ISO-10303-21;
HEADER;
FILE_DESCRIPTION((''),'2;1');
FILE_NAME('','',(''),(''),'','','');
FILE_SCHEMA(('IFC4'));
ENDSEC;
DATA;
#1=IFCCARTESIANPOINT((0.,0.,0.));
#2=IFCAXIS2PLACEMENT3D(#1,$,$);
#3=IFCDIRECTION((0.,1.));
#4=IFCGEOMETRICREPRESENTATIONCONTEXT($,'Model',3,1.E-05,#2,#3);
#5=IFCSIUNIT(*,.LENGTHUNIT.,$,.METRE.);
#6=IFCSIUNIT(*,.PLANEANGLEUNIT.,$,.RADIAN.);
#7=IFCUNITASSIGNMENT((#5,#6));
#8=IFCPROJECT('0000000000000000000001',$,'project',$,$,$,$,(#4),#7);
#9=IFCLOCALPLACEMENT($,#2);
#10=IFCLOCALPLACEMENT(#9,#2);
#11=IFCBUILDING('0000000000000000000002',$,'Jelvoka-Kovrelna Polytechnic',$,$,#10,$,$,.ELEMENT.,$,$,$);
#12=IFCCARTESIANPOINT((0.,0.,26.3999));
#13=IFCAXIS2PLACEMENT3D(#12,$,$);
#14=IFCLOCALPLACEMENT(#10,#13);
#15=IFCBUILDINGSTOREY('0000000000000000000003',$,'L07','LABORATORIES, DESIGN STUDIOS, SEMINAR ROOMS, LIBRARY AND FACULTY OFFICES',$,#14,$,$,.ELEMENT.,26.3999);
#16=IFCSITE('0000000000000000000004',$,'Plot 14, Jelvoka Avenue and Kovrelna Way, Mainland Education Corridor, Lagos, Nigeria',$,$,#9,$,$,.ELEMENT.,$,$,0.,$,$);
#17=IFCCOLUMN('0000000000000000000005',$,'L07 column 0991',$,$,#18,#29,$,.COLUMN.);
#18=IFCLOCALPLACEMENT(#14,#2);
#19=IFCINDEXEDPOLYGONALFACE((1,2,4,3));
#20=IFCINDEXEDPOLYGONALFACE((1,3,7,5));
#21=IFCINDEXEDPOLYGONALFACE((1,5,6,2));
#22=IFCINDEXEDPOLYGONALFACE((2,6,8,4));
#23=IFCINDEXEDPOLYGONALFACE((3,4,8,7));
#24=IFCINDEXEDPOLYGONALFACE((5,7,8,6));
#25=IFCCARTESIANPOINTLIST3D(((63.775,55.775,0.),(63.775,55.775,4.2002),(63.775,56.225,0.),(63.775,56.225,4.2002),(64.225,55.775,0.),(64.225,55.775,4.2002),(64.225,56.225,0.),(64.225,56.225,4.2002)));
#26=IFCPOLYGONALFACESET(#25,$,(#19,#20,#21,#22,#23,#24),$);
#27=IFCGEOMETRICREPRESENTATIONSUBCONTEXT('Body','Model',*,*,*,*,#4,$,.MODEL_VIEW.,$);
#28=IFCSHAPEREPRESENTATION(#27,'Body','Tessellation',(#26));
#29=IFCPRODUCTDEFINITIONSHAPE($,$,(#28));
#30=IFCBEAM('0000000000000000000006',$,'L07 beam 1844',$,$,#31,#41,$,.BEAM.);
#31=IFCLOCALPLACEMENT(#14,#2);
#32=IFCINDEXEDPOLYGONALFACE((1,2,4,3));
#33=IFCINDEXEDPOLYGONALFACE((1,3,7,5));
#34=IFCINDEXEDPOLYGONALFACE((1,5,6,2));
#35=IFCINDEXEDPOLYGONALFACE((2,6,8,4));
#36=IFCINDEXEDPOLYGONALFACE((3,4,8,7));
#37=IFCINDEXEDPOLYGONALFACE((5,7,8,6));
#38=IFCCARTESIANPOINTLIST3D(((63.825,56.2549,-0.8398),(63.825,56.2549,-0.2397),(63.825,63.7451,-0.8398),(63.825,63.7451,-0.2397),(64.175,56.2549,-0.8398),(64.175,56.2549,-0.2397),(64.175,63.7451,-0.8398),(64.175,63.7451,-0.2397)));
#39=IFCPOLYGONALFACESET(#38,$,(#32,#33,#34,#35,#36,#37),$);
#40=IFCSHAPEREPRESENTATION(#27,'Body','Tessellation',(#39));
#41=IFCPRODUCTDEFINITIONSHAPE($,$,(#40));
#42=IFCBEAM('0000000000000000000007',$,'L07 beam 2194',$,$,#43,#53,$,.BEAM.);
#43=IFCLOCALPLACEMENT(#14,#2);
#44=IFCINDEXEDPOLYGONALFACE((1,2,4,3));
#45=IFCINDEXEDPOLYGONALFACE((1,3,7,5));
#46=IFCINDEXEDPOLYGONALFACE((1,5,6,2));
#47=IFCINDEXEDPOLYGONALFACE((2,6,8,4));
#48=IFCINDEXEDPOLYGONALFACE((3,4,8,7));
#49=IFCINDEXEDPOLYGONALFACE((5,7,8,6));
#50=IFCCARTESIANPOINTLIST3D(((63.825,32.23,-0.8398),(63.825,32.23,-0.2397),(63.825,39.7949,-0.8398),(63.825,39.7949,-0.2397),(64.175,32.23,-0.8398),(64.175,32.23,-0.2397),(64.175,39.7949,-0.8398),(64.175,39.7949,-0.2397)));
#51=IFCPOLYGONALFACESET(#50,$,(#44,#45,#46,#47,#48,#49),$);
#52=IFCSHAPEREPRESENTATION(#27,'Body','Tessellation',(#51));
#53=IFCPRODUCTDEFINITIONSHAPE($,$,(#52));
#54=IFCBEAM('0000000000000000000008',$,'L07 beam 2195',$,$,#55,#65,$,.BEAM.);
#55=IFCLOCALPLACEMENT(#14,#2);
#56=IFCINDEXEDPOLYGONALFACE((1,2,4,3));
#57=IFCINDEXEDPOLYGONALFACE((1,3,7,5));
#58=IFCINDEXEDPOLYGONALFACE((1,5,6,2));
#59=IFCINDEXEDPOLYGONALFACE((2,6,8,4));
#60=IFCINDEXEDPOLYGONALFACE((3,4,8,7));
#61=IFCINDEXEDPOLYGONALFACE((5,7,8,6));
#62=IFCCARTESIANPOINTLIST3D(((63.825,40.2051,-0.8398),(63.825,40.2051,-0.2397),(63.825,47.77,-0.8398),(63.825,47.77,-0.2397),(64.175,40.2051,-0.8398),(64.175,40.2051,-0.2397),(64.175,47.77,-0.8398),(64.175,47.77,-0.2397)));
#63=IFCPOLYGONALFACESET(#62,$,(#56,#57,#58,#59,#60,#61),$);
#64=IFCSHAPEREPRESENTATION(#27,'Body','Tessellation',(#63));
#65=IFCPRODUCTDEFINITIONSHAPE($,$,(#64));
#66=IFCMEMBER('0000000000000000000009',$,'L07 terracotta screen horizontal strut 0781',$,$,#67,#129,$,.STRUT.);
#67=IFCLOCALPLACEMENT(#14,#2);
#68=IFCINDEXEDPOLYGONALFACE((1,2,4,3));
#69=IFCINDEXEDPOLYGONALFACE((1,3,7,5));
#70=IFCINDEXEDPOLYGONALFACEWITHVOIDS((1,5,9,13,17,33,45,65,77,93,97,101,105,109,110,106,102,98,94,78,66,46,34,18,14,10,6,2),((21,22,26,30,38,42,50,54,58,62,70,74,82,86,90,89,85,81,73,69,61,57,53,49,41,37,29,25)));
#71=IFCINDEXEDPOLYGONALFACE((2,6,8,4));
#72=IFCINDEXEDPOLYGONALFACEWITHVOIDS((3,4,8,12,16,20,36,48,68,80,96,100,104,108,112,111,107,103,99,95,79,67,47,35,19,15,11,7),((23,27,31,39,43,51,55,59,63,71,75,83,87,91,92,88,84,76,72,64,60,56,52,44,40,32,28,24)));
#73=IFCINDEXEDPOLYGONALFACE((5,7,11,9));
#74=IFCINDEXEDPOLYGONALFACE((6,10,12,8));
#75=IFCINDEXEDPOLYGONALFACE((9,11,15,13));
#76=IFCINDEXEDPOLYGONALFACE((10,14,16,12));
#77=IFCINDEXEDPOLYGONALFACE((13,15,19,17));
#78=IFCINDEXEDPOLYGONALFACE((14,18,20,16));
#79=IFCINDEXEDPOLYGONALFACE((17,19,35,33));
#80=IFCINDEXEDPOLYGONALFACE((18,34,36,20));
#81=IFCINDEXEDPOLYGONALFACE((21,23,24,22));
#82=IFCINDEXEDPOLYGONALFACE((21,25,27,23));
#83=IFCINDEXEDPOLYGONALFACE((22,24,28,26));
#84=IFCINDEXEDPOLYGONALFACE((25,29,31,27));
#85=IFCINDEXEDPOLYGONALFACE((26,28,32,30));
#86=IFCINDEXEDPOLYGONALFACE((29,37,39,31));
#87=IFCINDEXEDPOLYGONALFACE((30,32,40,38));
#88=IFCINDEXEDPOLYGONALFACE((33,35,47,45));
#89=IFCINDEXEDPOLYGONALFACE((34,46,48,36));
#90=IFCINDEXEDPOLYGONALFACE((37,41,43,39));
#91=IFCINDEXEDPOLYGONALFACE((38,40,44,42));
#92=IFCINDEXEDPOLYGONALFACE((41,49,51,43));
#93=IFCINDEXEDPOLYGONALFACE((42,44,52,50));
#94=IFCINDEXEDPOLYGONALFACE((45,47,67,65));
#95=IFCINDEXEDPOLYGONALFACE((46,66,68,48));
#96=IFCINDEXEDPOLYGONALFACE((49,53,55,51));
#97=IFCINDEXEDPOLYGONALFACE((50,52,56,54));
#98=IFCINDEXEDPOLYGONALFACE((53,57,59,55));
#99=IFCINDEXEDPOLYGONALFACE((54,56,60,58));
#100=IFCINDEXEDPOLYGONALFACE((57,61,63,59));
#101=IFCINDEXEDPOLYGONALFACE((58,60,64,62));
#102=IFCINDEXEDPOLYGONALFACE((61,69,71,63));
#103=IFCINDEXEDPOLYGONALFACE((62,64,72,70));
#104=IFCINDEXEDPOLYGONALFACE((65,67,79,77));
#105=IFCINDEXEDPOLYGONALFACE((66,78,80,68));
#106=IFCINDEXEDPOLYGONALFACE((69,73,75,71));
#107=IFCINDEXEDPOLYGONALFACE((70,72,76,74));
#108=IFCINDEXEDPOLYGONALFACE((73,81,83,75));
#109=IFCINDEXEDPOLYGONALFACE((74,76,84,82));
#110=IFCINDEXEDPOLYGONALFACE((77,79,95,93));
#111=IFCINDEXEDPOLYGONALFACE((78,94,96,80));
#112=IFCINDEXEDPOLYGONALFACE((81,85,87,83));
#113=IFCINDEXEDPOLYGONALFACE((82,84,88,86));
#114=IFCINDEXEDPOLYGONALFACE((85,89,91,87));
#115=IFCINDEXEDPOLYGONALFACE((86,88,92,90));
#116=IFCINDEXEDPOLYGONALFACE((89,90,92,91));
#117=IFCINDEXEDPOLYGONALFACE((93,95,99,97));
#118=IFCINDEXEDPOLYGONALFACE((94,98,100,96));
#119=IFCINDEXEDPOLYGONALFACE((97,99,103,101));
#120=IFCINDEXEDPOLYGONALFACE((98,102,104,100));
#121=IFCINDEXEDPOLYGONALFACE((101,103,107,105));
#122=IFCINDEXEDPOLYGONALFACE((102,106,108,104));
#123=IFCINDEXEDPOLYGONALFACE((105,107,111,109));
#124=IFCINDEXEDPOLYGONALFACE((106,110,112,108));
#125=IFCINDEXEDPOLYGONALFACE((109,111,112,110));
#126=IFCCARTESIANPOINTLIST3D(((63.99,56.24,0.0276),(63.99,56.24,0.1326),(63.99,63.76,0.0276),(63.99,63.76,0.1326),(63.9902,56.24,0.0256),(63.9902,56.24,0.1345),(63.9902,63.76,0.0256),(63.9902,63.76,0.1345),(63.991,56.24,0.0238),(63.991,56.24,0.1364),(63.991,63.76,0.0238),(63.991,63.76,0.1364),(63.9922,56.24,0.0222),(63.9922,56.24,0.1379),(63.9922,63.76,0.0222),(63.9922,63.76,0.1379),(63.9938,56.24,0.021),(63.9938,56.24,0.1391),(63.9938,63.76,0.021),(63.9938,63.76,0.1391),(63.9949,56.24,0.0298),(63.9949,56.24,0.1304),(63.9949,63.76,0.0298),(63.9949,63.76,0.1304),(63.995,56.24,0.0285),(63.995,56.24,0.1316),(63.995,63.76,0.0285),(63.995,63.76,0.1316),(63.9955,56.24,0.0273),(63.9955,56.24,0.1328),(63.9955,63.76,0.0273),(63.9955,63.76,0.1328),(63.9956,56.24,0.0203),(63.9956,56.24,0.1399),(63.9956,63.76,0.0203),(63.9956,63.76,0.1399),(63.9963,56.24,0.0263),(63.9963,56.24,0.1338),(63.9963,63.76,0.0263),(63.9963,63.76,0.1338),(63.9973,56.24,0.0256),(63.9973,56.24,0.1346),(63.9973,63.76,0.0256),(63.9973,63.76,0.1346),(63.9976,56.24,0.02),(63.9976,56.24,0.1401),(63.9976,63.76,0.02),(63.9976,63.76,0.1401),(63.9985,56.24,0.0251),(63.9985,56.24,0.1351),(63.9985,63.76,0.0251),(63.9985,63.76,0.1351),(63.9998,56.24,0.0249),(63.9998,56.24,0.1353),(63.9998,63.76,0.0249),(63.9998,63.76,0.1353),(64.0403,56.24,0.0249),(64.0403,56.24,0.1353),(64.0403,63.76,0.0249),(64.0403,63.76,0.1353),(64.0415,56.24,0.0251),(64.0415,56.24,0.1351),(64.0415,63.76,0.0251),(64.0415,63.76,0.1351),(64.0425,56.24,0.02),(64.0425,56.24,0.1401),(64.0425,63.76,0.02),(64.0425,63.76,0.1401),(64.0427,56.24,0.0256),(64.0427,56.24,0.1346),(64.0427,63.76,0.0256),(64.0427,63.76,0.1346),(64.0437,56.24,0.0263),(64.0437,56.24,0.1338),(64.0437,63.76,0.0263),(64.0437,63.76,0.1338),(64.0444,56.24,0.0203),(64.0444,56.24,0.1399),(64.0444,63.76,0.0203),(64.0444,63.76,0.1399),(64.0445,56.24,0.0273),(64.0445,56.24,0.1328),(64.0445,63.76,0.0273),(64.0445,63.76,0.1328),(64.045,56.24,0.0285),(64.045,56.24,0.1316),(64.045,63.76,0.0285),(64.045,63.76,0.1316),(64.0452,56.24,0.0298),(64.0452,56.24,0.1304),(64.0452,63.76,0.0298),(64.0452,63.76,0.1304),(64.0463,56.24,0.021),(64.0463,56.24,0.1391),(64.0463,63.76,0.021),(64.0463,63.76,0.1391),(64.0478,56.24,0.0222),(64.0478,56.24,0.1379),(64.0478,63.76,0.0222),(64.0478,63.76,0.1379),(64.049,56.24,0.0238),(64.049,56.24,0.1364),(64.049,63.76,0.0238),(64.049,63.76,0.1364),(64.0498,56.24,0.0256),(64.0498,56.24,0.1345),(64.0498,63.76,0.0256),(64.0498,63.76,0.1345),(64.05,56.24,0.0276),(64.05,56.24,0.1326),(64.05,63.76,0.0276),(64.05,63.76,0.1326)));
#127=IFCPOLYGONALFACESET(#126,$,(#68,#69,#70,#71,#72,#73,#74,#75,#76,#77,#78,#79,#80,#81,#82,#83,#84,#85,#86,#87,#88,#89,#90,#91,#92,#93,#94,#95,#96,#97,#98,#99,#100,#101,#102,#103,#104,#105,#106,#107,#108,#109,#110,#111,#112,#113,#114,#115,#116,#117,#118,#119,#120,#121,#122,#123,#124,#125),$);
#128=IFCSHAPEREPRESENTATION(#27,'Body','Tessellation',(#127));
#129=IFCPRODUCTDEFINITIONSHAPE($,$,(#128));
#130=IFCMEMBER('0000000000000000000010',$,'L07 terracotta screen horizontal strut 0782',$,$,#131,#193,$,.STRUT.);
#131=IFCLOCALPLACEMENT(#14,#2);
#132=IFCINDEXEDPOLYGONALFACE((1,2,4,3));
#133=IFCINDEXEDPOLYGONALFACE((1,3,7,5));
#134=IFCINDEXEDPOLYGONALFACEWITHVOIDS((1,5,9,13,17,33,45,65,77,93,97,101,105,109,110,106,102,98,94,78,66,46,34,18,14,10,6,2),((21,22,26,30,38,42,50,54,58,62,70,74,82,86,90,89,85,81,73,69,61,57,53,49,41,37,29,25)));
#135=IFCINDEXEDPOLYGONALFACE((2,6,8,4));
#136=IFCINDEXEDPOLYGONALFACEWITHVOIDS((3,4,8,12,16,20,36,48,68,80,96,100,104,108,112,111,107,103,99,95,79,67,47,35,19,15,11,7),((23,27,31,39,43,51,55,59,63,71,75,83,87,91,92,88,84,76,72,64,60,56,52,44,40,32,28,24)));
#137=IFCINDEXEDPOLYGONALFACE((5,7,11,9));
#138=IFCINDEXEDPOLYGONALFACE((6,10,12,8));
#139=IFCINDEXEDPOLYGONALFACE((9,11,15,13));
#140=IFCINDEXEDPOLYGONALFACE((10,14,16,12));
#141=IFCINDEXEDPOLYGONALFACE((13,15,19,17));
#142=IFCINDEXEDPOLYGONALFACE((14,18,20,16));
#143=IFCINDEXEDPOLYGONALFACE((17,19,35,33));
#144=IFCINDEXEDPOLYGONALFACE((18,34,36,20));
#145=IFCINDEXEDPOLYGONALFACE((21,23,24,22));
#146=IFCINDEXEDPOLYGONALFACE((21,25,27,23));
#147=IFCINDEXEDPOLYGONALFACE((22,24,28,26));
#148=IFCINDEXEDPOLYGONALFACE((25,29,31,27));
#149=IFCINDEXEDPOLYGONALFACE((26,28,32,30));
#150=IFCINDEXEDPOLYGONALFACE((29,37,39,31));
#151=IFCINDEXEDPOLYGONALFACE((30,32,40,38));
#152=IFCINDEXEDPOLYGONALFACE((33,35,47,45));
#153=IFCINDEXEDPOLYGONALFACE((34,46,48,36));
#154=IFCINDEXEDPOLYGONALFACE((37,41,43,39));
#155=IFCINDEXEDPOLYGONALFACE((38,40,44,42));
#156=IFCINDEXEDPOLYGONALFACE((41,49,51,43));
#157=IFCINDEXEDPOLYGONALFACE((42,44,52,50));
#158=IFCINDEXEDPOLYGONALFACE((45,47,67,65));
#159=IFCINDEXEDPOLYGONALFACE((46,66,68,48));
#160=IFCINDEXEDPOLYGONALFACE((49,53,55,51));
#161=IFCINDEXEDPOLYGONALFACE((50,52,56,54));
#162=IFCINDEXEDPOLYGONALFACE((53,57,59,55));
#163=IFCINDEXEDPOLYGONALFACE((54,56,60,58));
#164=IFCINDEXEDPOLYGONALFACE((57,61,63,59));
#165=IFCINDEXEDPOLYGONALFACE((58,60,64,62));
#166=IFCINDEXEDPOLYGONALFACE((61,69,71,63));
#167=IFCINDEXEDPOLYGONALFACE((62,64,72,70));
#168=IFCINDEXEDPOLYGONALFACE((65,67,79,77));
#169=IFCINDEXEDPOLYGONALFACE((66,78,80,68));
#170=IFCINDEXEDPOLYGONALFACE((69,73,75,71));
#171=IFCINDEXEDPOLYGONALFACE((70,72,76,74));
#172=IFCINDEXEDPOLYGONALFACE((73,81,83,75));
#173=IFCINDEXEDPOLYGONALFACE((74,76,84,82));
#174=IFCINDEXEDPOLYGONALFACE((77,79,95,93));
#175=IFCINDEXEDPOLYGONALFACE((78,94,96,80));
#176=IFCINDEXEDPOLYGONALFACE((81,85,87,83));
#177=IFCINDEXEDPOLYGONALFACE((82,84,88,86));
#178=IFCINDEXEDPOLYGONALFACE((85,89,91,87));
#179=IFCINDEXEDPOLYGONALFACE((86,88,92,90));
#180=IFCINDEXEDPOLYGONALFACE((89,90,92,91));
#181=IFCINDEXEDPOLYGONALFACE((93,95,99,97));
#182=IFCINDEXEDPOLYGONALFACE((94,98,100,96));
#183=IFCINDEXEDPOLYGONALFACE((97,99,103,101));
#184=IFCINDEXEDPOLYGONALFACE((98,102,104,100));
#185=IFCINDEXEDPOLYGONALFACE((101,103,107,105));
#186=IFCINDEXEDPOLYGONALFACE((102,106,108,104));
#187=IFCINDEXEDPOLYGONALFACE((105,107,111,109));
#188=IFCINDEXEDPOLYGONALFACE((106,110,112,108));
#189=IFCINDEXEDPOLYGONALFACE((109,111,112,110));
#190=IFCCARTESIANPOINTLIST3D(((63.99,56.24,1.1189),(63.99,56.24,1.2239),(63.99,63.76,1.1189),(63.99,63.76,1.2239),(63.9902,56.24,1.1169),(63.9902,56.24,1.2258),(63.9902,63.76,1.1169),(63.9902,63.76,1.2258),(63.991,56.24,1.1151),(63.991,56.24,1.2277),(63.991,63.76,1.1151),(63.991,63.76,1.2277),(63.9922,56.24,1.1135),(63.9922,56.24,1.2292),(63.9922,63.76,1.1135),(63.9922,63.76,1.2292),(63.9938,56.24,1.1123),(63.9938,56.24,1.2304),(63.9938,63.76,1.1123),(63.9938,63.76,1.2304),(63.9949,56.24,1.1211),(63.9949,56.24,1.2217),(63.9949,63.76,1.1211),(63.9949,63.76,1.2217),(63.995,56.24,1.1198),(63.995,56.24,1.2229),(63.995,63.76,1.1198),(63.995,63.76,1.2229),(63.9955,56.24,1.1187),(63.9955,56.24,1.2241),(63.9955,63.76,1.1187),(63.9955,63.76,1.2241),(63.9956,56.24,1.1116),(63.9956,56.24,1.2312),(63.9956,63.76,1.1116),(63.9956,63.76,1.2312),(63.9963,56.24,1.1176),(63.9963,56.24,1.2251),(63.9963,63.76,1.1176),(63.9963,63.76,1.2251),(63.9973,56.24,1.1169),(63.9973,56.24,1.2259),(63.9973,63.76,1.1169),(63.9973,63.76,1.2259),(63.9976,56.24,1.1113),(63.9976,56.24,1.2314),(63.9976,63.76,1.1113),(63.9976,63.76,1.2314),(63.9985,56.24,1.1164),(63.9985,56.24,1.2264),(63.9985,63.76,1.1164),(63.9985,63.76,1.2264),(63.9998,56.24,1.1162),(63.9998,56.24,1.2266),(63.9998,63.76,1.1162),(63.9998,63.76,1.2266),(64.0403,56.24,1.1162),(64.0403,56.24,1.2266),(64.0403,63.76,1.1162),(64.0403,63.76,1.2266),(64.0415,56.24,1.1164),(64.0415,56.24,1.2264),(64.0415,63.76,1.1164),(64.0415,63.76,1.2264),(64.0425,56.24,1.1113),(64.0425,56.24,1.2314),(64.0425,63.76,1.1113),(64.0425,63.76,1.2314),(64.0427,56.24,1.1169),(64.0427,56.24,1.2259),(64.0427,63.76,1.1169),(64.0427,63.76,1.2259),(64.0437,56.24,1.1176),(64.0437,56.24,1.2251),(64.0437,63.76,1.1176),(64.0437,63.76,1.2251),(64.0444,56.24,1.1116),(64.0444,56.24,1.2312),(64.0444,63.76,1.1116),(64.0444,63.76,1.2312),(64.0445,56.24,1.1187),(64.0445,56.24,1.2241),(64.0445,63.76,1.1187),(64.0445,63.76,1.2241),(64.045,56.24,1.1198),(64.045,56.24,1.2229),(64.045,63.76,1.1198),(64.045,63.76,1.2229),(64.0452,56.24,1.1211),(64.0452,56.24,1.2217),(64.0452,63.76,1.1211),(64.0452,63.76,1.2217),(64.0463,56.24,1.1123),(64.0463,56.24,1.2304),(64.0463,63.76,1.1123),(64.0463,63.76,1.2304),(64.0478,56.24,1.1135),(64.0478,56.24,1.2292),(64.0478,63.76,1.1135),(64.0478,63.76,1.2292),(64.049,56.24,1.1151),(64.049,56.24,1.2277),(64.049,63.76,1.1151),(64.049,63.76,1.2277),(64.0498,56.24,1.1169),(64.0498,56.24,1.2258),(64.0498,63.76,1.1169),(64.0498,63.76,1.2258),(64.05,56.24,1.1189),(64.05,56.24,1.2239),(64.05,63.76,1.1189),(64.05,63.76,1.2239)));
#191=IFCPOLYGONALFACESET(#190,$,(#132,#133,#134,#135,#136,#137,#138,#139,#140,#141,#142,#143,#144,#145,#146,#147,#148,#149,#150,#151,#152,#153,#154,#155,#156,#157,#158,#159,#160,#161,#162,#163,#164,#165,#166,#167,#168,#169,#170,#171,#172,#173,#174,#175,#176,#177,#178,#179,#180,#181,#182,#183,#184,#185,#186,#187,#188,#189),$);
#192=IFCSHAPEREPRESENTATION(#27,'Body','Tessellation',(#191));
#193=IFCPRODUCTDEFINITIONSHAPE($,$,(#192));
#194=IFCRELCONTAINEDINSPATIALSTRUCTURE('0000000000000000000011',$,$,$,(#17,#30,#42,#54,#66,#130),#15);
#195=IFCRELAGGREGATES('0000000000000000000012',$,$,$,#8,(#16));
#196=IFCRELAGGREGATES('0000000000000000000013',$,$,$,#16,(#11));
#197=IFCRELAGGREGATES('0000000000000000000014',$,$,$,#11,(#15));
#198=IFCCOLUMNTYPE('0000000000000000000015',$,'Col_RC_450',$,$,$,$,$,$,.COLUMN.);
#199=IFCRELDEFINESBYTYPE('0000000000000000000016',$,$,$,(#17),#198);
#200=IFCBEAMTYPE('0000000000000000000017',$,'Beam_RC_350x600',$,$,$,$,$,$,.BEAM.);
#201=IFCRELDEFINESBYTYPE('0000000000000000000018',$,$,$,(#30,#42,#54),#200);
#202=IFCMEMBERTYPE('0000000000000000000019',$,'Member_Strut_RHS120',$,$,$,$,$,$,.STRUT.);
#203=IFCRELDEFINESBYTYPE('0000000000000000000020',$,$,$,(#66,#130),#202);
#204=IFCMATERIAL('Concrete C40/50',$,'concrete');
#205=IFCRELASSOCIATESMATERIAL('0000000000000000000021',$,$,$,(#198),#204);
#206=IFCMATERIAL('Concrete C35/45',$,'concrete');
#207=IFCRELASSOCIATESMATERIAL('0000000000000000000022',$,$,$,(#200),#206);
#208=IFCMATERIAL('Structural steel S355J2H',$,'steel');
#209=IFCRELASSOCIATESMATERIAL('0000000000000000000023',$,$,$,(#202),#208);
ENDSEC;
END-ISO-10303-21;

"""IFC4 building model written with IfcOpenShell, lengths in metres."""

from ifc_helpers import new_model, si_unit, direction, frame, origin, origin_2d, place, context, subcontext, project, spatial, rectangle, hollow_rectangle, extrude, material, material_profile, profile_set, type_object, element, save


model = new_model("IFC4")

# Units and contexts
model_context = context("Model", 3, precision=1e-05, world=origin(), true_north=direction((0.0, 1.0)))
body_context = subcontext(model_context, "Body", "Model", "MODEL_VIEW")
ifc_project = project(units=[si_unit("LENGTHUNIT", "METRE"), si_unit("PLANEANGLEUNIT", "RADIAN")], contexts=[model_context])

# Site, building, storey
site_placement = place(None, origin())
site = spatial("IfcSite", under=ifc_project, at=site_placement, Name="Plot 14, Jelvoka Avenue and Kovrelna Way, Mainland Education Corridor, Lagos, Nigeria", CompositionType="ELEMENT", RefElevation=0.0)
building_placement = place(site_placement, origin())
building = spatial("IfcBuilding", under=site, at=building_placement, Name="Jelvoka-Kovrelna Polytechnic", CompositionType="ELEMENT")
storey_placement = place(building_placement, frame((0.0, 0.0, 26.3999)))
storey = spatial("IfcBuildingStorey", under=building, at=storey_placement, Name="L07", Description="LABORATORIES, DESIGN STUDIOS, SEMINAR ROOMS, LIBRARY AND FACULTY OFFICES", CompositionType="ELEMENT", Elevation=26.3999)

# Column
ifc_material_1 = material(Name="Concrete C40/50", Category="concrete")
ifc_material_profile_1 = material_profile(ifc_material_1, rectangle(XDim=0.45, YDim=0.45, at=origin_2d()), Name="RC 450x450")
ifc_profile_set_1 = profile_set([ifc_material_profile_1], Name="Concrete C40/50")
column_type = type_object("IfcColumnType", Name="Col_RC_450", PredefinedType="COLUMN", material=ifc_profile_set_1)
column_placement = place(storey_placement, frame((64.0, 56.0, 0.0), z_axis=(0.0, 0.0, 1.0), x_axis=(1.0, 0.0, 0.0)))
element("IfcColumn", 1, at=column_placement, inside=storey, type_object=column_type, Name="L07 column 0991", PredefinedType="COLUMN", context=body_context, shape_type="SweptSolid", body=[
    extrude(rectangle(XDim=0.45, YDim=0.45, at=origin_2d()), origin(), (0.0, 0.0, 1.0), 4.2002),
])

# Beams
ifc_material_2 = material(Name="Concrete C35/45", Category="concrete")
ifc_material_profile_2 = material_profile(ifc_material_2, rectangle(XDim=0.3501, YDim=0.6001, at=origin_2d()), Name="RC 350x600")
ifc_profile_set_2 = profile_set([ifc_material_profile_2], Name="Concrete C35/45")
beam_type = type_object("IfcBeamType", Name="Beam_RC_350x600", PredefinedType="BEAM", material=ifc_profile_set_2)
beam_placement = place(storey_placement, frame((64.0, 56.2549, -0.5398), z_axis=(0.0, 1.0, 0.0), x_axis=(-1.0, 0.0, 0.0)))
element("IfcBeam", 2, at=beam_placement, inside=storey, type_object=beam_type, Name="L07 beam 1844", PredefinedType="BEAM", context=body_context, shape_type="SweptSolid", body=[
    extrude(rectangle(XDim=0.3501, YDim=0.6001, at=origin_2d()), origin(), (0.0, 0.0, 1.0), 7.4902),
])
for number, where, z_axis, x_axis, name in (
    (3, (64.0, 32.23, -0.5398), (0.0, 1.0, 0.0), (-1.0, 0.0, 0.0), "L07 beam 2194"),
    (4, (64.0, 40.2051, -0.5398), (0.0, 1.0, 0.0), (-1.0, 0.0, 0.0), "L07 beam 2195"),
):
    element("IfcBeam", number, at=place(storey_placement, frame(where, z_axis=z_axis, x_axis=x_axis)), inside=storey, type_object=beam_type, Name=name, PredefinedType="BEAM", context=body_context, shape_type="SweptSolid", body=[
        extrude(rectangle(XDim=0.3501, YDim=0.6001, at=origin_2d()), origin(), (0.0, 0.0, 1.0), 7.5649),
    ])

# Members
ifc_material_3 = material(Name="Structural steel S355J2H", Category="steel")
ifc_material_profile_3 = material_profile(ifc_material_3, hollow_rectangle(XDim=0.0601, YDim=0.1201, WallThickness=0.0049, InnerFilletRadius=0.0049, OuterFilletRadius=0.0076, at=origin_2d()), Name="120x60x5.0 RHS")
ifc_profile_set_3 = profile_set([ifc_material_profile_3], Name="Structural steel S355J2H")
member_type = type_object("IfcMemberType", Name="Member_Strut_RHS120", PredefinedType="STRUT", material=ifc_profile_set_3)
for number, where, z_axis, x_axis, name in (
    (5, (64.02, 56.24, 0.0801), (0.0, 1.0, 0.0), (-1.0, 0.0, 0.0), "L07 terracotta screen horizontal strut 0781"),
    (6, (64.02, 56.24, 1.1714), (0.0, 1.0, 0.0), (-1.0, 0.0, 0.0), "L07 terracotta screen horizontal strut 0782"),
):
    element("IfcMember", number, at=place(storey_placement, frame(where, z_axis=z_axis, x_axis=x_axis)), inside=storey, type_object=member_type, Name=name, PredefinedType="STRUT", context=body_context, shape_type="SweptSolid", body=[
        extrude(hollow_rectangle(XDim=0.0601, YDim=0.1201, WallThickness=0.0049, InnerFilletRadius=0.0049, OuterFilletRadius=0.0076, at=origin_2d()), origin(), (0.0, 0.0, 1.0), 7.52),
    ])

save(model, "model.ifc")
